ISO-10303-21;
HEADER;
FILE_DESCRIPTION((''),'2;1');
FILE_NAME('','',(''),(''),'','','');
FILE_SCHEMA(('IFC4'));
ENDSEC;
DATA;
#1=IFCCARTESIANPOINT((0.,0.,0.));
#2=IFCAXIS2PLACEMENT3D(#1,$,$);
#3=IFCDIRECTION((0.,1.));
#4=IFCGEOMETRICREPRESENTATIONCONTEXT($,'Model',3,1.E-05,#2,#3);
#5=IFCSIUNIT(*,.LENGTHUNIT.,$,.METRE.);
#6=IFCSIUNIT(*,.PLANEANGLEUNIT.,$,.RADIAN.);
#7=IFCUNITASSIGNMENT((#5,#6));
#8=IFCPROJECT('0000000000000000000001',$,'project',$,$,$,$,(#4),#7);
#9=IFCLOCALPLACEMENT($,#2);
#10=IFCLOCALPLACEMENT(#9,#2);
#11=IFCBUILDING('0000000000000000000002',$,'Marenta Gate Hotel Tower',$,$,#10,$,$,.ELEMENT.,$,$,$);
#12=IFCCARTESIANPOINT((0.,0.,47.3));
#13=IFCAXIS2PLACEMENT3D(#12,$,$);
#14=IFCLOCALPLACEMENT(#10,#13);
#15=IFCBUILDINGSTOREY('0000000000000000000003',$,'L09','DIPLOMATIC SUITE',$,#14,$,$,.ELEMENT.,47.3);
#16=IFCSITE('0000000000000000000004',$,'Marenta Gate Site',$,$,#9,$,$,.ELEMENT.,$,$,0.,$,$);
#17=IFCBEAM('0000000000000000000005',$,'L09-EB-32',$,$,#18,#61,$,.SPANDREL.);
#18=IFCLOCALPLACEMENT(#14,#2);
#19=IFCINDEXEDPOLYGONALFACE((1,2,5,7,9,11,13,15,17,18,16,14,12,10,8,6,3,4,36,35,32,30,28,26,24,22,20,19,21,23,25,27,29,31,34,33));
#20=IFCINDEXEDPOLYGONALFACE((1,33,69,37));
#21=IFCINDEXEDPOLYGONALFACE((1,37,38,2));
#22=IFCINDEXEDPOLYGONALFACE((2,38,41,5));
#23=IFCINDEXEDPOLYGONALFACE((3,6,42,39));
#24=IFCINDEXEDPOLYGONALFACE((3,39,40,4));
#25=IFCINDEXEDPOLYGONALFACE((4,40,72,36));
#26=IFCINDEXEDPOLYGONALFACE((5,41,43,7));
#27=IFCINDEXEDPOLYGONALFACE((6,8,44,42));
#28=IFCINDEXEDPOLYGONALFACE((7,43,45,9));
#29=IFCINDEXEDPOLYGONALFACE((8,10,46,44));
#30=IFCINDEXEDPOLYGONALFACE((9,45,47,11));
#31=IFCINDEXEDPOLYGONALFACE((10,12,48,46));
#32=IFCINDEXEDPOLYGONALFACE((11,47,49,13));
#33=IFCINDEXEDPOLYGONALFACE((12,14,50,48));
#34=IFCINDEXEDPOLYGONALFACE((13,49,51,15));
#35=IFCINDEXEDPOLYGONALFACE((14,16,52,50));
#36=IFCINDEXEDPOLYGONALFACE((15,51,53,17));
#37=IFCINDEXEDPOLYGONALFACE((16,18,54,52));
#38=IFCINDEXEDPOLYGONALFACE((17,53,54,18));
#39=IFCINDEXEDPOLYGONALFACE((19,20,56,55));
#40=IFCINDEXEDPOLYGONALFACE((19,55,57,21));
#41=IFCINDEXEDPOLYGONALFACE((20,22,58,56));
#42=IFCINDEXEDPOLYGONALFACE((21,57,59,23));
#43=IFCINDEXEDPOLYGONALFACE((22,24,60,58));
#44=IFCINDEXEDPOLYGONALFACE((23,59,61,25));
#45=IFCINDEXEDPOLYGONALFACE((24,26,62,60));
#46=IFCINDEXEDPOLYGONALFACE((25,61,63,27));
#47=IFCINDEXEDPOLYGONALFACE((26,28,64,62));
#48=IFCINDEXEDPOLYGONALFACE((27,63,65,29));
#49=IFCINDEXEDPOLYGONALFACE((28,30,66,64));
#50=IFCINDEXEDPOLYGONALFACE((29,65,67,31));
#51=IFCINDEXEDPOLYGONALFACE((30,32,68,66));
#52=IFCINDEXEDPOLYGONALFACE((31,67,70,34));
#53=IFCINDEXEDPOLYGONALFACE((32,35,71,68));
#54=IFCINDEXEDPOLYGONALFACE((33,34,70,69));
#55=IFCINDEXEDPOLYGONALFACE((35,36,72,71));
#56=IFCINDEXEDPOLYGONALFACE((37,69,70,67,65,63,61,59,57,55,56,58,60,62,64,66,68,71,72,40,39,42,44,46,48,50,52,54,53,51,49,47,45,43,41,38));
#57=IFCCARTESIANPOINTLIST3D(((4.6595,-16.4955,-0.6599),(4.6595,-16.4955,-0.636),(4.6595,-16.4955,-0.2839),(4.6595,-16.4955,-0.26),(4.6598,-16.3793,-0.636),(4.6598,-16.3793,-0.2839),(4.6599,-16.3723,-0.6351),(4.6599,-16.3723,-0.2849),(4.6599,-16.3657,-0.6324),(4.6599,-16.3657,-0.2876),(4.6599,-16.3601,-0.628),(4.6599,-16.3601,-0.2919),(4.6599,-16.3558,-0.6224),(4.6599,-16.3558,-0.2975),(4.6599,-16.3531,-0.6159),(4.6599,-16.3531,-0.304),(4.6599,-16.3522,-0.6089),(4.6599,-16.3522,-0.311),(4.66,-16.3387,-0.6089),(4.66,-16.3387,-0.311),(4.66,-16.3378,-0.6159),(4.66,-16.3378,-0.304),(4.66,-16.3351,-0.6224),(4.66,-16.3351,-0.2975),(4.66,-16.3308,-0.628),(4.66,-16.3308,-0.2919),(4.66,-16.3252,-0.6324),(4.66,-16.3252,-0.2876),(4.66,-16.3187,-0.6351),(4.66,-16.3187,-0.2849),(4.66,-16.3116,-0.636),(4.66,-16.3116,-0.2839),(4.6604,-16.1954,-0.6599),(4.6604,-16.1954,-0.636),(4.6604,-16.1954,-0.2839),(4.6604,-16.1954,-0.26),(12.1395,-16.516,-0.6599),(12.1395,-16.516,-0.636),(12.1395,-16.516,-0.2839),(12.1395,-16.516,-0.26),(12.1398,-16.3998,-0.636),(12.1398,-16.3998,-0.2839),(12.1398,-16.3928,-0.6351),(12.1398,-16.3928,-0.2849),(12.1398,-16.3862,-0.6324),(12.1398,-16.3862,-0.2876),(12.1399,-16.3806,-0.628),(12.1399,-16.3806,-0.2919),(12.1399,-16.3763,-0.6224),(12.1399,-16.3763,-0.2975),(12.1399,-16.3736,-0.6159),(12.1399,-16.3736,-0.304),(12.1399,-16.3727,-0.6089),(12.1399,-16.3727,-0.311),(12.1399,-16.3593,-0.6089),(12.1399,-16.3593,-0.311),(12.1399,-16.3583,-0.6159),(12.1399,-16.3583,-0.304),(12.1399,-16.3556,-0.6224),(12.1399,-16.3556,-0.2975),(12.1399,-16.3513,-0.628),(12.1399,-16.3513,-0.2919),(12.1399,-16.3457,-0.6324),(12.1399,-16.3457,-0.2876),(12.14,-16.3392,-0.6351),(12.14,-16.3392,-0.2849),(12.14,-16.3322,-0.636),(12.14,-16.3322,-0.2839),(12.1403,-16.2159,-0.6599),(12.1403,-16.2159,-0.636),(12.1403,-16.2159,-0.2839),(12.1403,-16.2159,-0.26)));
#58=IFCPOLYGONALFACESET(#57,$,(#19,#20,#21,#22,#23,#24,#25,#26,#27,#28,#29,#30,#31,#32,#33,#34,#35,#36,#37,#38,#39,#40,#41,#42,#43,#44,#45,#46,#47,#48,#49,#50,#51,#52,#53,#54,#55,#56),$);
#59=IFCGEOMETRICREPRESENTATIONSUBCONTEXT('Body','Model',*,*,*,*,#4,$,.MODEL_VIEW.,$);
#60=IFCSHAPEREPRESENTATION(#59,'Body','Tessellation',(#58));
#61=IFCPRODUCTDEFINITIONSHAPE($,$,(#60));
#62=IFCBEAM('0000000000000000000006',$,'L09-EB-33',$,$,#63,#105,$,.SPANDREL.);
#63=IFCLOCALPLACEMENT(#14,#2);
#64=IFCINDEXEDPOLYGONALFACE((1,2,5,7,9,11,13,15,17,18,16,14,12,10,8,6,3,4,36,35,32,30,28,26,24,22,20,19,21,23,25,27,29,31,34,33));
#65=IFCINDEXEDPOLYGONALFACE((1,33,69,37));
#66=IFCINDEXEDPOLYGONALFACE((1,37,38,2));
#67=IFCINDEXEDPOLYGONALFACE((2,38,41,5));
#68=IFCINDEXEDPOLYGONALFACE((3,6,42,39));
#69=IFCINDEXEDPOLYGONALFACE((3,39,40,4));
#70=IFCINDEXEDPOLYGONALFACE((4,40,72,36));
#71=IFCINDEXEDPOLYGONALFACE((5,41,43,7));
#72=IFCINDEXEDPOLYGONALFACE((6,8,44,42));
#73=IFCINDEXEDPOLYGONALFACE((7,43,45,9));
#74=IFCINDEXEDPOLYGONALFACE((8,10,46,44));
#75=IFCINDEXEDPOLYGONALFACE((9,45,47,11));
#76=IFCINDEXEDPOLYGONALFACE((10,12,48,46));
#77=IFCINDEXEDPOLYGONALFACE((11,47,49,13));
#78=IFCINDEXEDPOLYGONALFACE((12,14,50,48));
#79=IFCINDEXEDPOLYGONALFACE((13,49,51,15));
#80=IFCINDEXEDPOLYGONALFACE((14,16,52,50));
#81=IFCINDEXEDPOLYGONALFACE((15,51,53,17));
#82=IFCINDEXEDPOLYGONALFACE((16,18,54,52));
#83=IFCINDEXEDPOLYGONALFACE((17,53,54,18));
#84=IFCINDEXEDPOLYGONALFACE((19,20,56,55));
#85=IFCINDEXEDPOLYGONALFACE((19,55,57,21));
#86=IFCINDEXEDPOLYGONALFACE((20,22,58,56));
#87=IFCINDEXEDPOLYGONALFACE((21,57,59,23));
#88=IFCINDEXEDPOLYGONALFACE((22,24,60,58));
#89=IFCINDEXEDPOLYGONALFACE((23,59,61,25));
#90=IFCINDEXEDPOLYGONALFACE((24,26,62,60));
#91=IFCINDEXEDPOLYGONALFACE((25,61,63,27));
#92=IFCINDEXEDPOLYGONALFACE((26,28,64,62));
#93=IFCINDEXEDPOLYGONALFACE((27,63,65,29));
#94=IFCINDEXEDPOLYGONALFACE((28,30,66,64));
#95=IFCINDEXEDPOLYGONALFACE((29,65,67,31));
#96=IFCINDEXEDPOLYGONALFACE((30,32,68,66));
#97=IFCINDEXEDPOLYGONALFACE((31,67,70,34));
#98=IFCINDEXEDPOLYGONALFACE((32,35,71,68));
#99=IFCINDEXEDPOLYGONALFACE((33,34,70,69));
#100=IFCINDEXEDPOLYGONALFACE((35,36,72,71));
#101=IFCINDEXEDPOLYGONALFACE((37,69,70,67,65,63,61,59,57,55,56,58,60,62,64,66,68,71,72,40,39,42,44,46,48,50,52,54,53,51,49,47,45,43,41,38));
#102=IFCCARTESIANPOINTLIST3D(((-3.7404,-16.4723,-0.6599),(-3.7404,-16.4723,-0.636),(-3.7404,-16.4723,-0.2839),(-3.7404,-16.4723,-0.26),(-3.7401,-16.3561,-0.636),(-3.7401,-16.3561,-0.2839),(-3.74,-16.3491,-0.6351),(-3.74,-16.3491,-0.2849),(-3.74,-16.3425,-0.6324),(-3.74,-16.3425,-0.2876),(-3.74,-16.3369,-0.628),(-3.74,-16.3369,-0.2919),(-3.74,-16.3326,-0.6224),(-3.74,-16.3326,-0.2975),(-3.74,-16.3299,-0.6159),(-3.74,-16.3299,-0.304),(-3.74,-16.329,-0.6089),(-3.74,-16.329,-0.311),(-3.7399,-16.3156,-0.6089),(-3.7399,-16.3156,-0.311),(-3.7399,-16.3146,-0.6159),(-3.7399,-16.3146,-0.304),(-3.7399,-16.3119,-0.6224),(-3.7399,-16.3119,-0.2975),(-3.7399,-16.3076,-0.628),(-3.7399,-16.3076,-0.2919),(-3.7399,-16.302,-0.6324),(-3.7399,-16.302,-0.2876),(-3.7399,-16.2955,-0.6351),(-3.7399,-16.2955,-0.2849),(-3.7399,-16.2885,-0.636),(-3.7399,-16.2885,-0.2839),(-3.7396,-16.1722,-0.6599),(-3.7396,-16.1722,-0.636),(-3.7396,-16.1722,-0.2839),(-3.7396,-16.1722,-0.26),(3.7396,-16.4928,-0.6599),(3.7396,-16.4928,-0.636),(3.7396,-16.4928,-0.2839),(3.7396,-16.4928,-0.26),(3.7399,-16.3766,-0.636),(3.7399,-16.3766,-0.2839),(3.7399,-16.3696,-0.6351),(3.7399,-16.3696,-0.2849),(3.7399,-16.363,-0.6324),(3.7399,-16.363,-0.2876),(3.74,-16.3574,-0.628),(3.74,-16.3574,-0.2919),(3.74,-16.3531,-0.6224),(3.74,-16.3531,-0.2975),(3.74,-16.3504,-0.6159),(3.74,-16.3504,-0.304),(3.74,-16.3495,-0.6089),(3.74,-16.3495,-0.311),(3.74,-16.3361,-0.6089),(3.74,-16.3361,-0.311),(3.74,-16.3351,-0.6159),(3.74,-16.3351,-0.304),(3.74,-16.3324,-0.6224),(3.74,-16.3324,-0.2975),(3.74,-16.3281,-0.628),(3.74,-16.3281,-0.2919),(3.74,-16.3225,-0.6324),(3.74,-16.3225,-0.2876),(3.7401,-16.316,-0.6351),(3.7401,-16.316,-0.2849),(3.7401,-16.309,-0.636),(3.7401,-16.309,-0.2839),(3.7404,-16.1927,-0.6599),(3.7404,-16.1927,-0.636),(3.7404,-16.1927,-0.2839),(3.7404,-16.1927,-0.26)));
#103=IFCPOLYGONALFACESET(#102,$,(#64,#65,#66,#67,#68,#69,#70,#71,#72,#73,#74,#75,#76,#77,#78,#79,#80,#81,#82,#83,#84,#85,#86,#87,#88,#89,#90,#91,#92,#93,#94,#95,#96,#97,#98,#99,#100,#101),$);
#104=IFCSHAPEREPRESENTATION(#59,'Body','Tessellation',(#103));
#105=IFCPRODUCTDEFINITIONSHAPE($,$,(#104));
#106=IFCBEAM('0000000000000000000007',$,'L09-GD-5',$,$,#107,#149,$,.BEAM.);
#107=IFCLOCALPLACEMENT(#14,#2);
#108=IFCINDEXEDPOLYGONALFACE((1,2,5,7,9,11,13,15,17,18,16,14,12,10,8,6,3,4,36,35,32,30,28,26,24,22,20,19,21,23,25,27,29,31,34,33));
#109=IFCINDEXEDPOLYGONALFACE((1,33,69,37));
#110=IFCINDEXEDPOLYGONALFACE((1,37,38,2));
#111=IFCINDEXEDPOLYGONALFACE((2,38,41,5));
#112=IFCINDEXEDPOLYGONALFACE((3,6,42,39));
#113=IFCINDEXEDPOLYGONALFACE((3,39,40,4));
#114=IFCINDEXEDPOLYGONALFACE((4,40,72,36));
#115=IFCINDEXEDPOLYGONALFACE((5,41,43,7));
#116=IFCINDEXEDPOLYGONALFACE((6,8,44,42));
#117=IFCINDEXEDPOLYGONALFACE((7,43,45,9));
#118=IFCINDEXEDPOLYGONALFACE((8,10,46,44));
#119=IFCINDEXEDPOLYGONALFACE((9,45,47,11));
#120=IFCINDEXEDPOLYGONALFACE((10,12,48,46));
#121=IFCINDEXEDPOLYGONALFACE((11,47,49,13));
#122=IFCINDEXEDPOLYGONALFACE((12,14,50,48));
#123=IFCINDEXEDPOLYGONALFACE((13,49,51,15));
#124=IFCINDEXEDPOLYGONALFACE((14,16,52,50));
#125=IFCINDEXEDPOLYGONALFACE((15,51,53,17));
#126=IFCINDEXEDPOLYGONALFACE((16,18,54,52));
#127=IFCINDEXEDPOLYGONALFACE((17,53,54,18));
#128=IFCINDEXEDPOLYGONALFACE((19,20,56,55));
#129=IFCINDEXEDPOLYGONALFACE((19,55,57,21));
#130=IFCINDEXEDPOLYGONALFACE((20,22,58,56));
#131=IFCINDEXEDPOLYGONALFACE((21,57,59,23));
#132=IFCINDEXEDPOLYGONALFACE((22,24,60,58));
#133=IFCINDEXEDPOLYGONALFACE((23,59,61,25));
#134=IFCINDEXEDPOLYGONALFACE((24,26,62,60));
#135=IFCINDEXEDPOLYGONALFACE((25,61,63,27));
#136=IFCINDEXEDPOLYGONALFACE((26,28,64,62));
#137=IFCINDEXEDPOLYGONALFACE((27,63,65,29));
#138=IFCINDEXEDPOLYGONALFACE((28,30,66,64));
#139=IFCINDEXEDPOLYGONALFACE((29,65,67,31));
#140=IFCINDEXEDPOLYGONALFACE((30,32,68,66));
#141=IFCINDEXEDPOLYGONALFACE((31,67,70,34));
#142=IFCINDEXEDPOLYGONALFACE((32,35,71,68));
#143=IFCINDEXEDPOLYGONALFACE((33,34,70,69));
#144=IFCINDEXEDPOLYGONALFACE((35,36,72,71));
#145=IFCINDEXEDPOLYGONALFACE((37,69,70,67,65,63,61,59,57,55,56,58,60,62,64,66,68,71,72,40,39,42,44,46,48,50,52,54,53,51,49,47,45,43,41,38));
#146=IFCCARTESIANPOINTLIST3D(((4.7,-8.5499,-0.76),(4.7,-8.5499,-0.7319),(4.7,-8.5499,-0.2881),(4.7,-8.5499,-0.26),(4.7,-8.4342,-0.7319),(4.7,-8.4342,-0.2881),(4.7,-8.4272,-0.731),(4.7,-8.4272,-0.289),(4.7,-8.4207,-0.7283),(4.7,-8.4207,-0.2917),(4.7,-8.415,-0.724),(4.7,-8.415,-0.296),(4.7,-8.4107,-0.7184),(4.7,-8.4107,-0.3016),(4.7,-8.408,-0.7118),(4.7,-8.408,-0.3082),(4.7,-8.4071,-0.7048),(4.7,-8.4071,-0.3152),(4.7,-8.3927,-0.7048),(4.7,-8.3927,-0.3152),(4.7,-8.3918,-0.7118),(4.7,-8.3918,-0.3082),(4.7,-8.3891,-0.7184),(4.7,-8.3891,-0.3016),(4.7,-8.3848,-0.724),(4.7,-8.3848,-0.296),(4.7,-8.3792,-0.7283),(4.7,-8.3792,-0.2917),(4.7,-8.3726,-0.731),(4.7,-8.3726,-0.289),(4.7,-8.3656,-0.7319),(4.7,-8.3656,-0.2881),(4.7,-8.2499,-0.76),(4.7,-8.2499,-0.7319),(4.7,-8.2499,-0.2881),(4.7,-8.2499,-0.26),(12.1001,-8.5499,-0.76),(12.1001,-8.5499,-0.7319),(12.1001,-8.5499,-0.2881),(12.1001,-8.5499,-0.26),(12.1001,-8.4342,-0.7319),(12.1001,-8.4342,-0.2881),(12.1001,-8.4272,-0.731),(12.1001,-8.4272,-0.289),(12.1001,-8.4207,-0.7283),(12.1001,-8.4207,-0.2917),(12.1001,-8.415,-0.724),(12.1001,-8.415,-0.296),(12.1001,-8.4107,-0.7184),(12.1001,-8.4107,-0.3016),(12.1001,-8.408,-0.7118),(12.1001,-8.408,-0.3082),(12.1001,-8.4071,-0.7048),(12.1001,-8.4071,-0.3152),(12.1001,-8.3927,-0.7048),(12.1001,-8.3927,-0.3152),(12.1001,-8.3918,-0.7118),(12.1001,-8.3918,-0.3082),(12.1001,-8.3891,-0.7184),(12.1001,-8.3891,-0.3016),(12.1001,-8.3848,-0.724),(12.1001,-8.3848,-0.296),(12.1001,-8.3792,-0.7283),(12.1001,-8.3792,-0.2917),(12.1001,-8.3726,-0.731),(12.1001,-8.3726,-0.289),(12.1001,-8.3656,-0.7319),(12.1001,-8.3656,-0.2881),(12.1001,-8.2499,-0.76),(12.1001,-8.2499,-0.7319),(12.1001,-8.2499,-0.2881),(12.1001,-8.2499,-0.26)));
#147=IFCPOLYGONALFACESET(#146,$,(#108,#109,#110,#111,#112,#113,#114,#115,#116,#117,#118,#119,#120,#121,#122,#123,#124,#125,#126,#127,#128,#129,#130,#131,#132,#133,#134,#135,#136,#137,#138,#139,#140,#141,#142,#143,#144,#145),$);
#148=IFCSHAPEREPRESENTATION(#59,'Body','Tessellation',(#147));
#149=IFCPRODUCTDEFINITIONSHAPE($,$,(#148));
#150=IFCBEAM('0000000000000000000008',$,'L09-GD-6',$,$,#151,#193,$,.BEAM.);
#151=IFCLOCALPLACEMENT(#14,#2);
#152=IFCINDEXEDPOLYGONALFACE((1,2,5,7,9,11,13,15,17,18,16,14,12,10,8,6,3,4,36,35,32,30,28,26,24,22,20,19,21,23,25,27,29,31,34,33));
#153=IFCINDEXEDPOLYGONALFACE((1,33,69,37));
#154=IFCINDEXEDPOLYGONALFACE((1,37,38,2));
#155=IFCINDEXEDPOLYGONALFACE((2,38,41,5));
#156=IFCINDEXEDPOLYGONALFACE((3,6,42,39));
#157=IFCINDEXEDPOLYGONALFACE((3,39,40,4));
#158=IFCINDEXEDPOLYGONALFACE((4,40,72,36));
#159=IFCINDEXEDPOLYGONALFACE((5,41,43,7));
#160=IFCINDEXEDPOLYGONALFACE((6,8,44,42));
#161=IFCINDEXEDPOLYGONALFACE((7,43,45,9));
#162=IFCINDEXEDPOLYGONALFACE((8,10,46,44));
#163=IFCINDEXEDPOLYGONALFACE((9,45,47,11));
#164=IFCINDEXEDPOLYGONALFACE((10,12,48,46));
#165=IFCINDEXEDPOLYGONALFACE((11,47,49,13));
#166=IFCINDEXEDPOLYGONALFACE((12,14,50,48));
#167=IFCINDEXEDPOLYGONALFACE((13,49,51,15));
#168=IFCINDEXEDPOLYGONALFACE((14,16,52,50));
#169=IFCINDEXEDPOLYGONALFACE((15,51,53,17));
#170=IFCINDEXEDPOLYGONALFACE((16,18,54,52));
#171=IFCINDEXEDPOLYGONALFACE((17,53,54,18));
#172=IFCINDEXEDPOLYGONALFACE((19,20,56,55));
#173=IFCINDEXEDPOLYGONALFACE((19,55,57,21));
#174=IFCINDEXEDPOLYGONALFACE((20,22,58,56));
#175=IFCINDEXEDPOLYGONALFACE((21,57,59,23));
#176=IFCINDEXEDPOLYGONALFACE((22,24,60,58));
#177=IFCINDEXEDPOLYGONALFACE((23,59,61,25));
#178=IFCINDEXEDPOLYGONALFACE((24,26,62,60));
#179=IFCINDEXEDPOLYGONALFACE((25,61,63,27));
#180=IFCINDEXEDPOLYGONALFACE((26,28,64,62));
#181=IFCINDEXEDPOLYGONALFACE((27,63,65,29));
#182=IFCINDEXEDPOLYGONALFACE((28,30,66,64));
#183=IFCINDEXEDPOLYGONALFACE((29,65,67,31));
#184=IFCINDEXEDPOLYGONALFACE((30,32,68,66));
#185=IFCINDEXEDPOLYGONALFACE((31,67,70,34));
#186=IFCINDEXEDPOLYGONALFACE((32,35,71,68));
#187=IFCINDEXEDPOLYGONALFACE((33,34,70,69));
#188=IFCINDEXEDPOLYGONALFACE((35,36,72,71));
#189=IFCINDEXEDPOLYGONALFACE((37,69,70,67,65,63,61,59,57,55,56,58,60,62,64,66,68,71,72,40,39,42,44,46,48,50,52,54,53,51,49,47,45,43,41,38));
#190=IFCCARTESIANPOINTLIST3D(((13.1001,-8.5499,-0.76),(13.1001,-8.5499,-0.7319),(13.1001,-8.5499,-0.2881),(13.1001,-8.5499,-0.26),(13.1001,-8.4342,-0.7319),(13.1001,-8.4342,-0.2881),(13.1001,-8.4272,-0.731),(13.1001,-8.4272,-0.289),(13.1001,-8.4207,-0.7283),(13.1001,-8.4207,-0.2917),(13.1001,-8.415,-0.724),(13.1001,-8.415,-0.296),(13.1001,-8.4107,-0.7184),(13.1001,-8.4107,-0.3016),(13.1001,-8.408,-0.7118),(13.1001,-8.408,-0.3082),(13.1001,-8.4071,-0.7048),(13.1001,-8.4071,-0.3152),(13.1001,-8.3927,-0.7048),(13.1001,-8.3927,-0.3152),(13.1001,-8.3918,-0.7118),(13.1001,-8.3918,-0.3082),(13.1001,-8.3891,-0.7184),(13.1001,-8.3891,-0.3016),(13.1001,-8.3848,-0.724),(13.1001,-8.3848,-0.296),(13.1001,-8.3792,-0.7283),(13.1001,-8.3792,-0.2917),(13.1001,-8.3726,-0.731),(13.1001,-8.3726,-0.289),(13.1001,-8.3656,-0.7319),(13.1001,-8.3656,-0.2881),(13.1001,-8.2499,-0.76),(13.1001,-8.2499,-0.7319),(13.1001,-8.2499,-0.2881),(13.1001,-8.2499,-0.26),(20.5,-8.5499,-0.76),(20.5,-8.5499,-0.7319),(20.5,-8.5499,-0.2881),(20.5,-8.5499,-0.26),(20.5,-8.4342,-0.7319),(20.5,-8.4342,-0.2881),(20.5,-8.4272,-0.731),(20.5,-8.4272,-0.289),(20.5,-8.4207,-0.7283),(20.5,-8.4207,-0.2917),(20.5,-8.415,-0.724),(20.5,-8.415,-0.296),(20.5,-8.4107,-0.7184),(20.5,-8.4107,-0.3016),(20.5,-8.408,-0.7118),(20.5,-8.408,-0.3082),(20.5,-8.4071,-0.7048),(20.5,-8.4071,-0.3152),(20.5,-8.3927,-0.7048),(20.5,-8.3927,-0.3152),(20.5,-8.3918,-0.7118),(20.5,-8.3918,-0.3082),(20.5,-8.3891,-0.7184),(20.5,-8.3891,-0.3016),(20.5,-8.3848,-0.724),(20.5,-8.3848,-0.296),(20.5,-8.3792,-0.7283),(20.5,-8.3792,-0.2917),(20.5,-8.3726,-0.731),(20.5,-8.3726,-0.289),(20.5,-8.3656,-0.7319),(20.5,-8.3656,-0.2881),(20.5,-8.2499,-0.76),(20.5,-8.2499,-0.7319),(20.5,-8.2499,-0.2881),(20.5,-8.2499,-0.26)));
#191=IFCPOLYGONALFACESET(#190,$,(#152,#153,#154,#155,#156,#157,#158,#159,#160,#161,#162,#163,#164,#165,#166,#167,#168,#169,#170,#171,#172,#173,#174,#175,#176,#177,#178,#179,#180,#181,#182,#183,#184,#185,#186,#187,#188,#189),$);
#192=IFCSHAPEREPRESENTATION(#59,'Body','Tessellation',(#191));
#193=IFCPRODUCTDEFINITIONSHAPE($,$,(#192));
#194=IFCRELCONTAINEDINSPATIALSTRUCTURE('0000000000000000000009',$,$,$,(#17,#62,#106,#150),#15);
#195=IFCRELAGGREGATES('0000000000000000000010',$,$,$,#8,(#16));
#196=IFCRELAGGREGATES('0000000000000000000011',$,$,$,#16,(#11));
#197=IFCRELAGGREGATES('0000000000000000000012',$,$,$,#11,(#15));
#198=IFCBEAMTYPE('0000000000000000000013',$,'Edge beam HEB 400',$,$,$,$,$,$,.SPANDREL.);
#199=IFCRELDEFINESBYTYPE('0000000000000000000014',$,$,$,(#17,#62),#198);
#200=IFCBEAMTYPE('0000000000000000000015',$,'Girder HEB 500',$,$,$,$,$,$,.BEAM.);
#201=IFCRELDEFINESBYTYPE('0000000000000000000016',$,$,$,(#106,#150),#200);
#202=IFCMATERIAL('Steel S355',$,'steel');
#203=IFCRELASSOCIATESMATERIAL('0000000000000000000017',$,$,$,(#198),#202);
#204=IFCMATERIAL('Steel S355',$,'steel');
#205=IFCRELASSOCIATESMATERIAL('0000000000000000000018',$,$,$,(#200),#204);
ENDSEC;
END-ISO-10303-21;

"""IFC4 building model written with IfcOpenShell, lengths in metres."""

from ifc_helpers import new_model, si_unit, direction, frame, origin, origin_2d, place, context, subcontext, project, spatial, i_section, extrude, material, material_profile, profile_set, type_object, element, save


model = new_model("IFC4")

# Units and contexts
model_context = context("Model", 3, precision=1e-05, world=origin(), true_north=direction((0.0, 1.0)))
body_context = subcontext(model_context, "Body", "Model", "MODEL_VIEW")
ifc_project = project(units=[si_unit("LENGTHUNIT", "METRE"), si_unit("PLANEANGLEUNIT", "RADIAN")], contexts=[model_context])

# Site, building, storey
site_placement = place(None, origin())
site = spatial("IfcSite", under=ifc_project, at=site_placement, Name="Marenta Gate Site", CompositionType="ELEMENT", RefElevation=0.0)
building_placement = place(site_placement, origin())
building = spatial("IfcBuilding", under=site, at=building_placement, Name="Marenta Gate Hotel Tower", CompositionType="ELEMENT")
storey_placement = place(building_placement, frame((0.0, 0.0, 47.3)))
storey = spatial("IfcBuildingStorey", under=building, at=storey_placement, Name="L09", Description="DIPLOMATIC SUITE", CompositionType="ELEMENT", Elevation=47.3)

# Beams
ifc_material_1 = material(Name="Steel S355", Category="steel")
ifc_material_profile_1 = material_profile(ifc_material_1, i_section(OverallWidth=0.3, OverallDepth=0.3999, WebThickness=0.0134, FlangeThickness=0.0239, FilletRadius=0.0271, at=origin_2d()), Name="HEB 400")
ifc_profile_set_1 = profile_set([ifc_material_profile_1], Name="Steel S355")
beam_type_1 = type_object("IfcBeamType", Name="Edge beam HEB 400", PredefinedType="SPANDREL", material=ifc_profile_set_1)
for number, where, z_axis, x_axis, name in (
    (1, (12.1399, -16.366, -0.46), (-0.999996, 0.002742, 0.0), (-0.002742, -0.999996, 0.0), "L09-EB-32"),
    (2, (3.74, -16.3428, -0.46), (-0.999996, 0.002742, 0.0), (-0.002742, -0.999996, 0.0), "L09-EB-33"),
):
    element("IfcBeam", number, at=place(storey_placement, frame(where, z_axis=z_axis, x_axis=x_axis)), inside=storey, type_object=beam_type_1, Name=name, PredefinedType="SPANDREL", context=body_context, shape_type="SweptSolid", body=[
        extrude(i_section(OverallWidth=0.3, OverallDepth=0.3999, WebThickness=0.0134, FlangeThickness=0.0239, FilletRadius=0.0271, at=origin_2d()), origin(), (0.0, 0.0, 1.0), 7.48),
    ])
ifc_material_2 = material(Name="Steel S355", Category="steel")
ifc_material_profile_2 = material_profile(ifc_material_2, i_section(OverallWidth=0.3, OverallDepth=0.5, WebThickness=0.0144, FlangeThickness=0.0281, FilletRadius=0.0271, at=origin_2d()), Name="HEB 500")
ifc_profile_set_2 = profile_set([ifc_material_profile_2], Name="Steel S355")
beam_type_2 = type_object("IfcBeamType", Name="Girder HEB 500", PredefinedType="BEAM", material=ifc_profile_set_2)
beam_1_placement = place(storey_placement, frame((4.7, -8.3999, -0.51), z_axis=(1.0, 0.0, 0.0), x_axis=(0.0, 1.0, 0.0)))
element("IfcBeam", 3, at=beam_1_placement, inside=storey, type_object=beam_type_2, Name="L09-GD-5", PredefinedType="BEAM", context=body_context, shape_type="SweptSolid", body=[
    extrude(i_section(OverallWidth=0.3, OverallDepth=0.5, WebThickness=0.0144, FlangeThickness=0.0281, FilletRadius=0.0271, at=origin_2d()), origin(), (0.0, 0.0, 1.0), 7.4001),
])
beam_2_placement = place(storey_placement, frame((13.1001, -8.3999, -0.51), z_axis=(1.0, 0.0, 0.0), x_axis=(0.0, 1.0, 0.0)))
element("IfcBeam", 4, at=beam_2_placement, inside=storey, type_object=beam_type_2, Name="L09-GD-6", PredefinedType="BEAM", context=body_context, shape_type="SweptSolid", body=[
    extrude(i_section(OverallWidth=0.3, OverallDepth=0.5, WebThickness=0.0144, FlangeThickness=0.0281, FilletRadius=0.0271, at=origin_2d()), origin(), (0.0, 0.0, 1.0), 7.3999),
])

save(model, "model.ifc")
